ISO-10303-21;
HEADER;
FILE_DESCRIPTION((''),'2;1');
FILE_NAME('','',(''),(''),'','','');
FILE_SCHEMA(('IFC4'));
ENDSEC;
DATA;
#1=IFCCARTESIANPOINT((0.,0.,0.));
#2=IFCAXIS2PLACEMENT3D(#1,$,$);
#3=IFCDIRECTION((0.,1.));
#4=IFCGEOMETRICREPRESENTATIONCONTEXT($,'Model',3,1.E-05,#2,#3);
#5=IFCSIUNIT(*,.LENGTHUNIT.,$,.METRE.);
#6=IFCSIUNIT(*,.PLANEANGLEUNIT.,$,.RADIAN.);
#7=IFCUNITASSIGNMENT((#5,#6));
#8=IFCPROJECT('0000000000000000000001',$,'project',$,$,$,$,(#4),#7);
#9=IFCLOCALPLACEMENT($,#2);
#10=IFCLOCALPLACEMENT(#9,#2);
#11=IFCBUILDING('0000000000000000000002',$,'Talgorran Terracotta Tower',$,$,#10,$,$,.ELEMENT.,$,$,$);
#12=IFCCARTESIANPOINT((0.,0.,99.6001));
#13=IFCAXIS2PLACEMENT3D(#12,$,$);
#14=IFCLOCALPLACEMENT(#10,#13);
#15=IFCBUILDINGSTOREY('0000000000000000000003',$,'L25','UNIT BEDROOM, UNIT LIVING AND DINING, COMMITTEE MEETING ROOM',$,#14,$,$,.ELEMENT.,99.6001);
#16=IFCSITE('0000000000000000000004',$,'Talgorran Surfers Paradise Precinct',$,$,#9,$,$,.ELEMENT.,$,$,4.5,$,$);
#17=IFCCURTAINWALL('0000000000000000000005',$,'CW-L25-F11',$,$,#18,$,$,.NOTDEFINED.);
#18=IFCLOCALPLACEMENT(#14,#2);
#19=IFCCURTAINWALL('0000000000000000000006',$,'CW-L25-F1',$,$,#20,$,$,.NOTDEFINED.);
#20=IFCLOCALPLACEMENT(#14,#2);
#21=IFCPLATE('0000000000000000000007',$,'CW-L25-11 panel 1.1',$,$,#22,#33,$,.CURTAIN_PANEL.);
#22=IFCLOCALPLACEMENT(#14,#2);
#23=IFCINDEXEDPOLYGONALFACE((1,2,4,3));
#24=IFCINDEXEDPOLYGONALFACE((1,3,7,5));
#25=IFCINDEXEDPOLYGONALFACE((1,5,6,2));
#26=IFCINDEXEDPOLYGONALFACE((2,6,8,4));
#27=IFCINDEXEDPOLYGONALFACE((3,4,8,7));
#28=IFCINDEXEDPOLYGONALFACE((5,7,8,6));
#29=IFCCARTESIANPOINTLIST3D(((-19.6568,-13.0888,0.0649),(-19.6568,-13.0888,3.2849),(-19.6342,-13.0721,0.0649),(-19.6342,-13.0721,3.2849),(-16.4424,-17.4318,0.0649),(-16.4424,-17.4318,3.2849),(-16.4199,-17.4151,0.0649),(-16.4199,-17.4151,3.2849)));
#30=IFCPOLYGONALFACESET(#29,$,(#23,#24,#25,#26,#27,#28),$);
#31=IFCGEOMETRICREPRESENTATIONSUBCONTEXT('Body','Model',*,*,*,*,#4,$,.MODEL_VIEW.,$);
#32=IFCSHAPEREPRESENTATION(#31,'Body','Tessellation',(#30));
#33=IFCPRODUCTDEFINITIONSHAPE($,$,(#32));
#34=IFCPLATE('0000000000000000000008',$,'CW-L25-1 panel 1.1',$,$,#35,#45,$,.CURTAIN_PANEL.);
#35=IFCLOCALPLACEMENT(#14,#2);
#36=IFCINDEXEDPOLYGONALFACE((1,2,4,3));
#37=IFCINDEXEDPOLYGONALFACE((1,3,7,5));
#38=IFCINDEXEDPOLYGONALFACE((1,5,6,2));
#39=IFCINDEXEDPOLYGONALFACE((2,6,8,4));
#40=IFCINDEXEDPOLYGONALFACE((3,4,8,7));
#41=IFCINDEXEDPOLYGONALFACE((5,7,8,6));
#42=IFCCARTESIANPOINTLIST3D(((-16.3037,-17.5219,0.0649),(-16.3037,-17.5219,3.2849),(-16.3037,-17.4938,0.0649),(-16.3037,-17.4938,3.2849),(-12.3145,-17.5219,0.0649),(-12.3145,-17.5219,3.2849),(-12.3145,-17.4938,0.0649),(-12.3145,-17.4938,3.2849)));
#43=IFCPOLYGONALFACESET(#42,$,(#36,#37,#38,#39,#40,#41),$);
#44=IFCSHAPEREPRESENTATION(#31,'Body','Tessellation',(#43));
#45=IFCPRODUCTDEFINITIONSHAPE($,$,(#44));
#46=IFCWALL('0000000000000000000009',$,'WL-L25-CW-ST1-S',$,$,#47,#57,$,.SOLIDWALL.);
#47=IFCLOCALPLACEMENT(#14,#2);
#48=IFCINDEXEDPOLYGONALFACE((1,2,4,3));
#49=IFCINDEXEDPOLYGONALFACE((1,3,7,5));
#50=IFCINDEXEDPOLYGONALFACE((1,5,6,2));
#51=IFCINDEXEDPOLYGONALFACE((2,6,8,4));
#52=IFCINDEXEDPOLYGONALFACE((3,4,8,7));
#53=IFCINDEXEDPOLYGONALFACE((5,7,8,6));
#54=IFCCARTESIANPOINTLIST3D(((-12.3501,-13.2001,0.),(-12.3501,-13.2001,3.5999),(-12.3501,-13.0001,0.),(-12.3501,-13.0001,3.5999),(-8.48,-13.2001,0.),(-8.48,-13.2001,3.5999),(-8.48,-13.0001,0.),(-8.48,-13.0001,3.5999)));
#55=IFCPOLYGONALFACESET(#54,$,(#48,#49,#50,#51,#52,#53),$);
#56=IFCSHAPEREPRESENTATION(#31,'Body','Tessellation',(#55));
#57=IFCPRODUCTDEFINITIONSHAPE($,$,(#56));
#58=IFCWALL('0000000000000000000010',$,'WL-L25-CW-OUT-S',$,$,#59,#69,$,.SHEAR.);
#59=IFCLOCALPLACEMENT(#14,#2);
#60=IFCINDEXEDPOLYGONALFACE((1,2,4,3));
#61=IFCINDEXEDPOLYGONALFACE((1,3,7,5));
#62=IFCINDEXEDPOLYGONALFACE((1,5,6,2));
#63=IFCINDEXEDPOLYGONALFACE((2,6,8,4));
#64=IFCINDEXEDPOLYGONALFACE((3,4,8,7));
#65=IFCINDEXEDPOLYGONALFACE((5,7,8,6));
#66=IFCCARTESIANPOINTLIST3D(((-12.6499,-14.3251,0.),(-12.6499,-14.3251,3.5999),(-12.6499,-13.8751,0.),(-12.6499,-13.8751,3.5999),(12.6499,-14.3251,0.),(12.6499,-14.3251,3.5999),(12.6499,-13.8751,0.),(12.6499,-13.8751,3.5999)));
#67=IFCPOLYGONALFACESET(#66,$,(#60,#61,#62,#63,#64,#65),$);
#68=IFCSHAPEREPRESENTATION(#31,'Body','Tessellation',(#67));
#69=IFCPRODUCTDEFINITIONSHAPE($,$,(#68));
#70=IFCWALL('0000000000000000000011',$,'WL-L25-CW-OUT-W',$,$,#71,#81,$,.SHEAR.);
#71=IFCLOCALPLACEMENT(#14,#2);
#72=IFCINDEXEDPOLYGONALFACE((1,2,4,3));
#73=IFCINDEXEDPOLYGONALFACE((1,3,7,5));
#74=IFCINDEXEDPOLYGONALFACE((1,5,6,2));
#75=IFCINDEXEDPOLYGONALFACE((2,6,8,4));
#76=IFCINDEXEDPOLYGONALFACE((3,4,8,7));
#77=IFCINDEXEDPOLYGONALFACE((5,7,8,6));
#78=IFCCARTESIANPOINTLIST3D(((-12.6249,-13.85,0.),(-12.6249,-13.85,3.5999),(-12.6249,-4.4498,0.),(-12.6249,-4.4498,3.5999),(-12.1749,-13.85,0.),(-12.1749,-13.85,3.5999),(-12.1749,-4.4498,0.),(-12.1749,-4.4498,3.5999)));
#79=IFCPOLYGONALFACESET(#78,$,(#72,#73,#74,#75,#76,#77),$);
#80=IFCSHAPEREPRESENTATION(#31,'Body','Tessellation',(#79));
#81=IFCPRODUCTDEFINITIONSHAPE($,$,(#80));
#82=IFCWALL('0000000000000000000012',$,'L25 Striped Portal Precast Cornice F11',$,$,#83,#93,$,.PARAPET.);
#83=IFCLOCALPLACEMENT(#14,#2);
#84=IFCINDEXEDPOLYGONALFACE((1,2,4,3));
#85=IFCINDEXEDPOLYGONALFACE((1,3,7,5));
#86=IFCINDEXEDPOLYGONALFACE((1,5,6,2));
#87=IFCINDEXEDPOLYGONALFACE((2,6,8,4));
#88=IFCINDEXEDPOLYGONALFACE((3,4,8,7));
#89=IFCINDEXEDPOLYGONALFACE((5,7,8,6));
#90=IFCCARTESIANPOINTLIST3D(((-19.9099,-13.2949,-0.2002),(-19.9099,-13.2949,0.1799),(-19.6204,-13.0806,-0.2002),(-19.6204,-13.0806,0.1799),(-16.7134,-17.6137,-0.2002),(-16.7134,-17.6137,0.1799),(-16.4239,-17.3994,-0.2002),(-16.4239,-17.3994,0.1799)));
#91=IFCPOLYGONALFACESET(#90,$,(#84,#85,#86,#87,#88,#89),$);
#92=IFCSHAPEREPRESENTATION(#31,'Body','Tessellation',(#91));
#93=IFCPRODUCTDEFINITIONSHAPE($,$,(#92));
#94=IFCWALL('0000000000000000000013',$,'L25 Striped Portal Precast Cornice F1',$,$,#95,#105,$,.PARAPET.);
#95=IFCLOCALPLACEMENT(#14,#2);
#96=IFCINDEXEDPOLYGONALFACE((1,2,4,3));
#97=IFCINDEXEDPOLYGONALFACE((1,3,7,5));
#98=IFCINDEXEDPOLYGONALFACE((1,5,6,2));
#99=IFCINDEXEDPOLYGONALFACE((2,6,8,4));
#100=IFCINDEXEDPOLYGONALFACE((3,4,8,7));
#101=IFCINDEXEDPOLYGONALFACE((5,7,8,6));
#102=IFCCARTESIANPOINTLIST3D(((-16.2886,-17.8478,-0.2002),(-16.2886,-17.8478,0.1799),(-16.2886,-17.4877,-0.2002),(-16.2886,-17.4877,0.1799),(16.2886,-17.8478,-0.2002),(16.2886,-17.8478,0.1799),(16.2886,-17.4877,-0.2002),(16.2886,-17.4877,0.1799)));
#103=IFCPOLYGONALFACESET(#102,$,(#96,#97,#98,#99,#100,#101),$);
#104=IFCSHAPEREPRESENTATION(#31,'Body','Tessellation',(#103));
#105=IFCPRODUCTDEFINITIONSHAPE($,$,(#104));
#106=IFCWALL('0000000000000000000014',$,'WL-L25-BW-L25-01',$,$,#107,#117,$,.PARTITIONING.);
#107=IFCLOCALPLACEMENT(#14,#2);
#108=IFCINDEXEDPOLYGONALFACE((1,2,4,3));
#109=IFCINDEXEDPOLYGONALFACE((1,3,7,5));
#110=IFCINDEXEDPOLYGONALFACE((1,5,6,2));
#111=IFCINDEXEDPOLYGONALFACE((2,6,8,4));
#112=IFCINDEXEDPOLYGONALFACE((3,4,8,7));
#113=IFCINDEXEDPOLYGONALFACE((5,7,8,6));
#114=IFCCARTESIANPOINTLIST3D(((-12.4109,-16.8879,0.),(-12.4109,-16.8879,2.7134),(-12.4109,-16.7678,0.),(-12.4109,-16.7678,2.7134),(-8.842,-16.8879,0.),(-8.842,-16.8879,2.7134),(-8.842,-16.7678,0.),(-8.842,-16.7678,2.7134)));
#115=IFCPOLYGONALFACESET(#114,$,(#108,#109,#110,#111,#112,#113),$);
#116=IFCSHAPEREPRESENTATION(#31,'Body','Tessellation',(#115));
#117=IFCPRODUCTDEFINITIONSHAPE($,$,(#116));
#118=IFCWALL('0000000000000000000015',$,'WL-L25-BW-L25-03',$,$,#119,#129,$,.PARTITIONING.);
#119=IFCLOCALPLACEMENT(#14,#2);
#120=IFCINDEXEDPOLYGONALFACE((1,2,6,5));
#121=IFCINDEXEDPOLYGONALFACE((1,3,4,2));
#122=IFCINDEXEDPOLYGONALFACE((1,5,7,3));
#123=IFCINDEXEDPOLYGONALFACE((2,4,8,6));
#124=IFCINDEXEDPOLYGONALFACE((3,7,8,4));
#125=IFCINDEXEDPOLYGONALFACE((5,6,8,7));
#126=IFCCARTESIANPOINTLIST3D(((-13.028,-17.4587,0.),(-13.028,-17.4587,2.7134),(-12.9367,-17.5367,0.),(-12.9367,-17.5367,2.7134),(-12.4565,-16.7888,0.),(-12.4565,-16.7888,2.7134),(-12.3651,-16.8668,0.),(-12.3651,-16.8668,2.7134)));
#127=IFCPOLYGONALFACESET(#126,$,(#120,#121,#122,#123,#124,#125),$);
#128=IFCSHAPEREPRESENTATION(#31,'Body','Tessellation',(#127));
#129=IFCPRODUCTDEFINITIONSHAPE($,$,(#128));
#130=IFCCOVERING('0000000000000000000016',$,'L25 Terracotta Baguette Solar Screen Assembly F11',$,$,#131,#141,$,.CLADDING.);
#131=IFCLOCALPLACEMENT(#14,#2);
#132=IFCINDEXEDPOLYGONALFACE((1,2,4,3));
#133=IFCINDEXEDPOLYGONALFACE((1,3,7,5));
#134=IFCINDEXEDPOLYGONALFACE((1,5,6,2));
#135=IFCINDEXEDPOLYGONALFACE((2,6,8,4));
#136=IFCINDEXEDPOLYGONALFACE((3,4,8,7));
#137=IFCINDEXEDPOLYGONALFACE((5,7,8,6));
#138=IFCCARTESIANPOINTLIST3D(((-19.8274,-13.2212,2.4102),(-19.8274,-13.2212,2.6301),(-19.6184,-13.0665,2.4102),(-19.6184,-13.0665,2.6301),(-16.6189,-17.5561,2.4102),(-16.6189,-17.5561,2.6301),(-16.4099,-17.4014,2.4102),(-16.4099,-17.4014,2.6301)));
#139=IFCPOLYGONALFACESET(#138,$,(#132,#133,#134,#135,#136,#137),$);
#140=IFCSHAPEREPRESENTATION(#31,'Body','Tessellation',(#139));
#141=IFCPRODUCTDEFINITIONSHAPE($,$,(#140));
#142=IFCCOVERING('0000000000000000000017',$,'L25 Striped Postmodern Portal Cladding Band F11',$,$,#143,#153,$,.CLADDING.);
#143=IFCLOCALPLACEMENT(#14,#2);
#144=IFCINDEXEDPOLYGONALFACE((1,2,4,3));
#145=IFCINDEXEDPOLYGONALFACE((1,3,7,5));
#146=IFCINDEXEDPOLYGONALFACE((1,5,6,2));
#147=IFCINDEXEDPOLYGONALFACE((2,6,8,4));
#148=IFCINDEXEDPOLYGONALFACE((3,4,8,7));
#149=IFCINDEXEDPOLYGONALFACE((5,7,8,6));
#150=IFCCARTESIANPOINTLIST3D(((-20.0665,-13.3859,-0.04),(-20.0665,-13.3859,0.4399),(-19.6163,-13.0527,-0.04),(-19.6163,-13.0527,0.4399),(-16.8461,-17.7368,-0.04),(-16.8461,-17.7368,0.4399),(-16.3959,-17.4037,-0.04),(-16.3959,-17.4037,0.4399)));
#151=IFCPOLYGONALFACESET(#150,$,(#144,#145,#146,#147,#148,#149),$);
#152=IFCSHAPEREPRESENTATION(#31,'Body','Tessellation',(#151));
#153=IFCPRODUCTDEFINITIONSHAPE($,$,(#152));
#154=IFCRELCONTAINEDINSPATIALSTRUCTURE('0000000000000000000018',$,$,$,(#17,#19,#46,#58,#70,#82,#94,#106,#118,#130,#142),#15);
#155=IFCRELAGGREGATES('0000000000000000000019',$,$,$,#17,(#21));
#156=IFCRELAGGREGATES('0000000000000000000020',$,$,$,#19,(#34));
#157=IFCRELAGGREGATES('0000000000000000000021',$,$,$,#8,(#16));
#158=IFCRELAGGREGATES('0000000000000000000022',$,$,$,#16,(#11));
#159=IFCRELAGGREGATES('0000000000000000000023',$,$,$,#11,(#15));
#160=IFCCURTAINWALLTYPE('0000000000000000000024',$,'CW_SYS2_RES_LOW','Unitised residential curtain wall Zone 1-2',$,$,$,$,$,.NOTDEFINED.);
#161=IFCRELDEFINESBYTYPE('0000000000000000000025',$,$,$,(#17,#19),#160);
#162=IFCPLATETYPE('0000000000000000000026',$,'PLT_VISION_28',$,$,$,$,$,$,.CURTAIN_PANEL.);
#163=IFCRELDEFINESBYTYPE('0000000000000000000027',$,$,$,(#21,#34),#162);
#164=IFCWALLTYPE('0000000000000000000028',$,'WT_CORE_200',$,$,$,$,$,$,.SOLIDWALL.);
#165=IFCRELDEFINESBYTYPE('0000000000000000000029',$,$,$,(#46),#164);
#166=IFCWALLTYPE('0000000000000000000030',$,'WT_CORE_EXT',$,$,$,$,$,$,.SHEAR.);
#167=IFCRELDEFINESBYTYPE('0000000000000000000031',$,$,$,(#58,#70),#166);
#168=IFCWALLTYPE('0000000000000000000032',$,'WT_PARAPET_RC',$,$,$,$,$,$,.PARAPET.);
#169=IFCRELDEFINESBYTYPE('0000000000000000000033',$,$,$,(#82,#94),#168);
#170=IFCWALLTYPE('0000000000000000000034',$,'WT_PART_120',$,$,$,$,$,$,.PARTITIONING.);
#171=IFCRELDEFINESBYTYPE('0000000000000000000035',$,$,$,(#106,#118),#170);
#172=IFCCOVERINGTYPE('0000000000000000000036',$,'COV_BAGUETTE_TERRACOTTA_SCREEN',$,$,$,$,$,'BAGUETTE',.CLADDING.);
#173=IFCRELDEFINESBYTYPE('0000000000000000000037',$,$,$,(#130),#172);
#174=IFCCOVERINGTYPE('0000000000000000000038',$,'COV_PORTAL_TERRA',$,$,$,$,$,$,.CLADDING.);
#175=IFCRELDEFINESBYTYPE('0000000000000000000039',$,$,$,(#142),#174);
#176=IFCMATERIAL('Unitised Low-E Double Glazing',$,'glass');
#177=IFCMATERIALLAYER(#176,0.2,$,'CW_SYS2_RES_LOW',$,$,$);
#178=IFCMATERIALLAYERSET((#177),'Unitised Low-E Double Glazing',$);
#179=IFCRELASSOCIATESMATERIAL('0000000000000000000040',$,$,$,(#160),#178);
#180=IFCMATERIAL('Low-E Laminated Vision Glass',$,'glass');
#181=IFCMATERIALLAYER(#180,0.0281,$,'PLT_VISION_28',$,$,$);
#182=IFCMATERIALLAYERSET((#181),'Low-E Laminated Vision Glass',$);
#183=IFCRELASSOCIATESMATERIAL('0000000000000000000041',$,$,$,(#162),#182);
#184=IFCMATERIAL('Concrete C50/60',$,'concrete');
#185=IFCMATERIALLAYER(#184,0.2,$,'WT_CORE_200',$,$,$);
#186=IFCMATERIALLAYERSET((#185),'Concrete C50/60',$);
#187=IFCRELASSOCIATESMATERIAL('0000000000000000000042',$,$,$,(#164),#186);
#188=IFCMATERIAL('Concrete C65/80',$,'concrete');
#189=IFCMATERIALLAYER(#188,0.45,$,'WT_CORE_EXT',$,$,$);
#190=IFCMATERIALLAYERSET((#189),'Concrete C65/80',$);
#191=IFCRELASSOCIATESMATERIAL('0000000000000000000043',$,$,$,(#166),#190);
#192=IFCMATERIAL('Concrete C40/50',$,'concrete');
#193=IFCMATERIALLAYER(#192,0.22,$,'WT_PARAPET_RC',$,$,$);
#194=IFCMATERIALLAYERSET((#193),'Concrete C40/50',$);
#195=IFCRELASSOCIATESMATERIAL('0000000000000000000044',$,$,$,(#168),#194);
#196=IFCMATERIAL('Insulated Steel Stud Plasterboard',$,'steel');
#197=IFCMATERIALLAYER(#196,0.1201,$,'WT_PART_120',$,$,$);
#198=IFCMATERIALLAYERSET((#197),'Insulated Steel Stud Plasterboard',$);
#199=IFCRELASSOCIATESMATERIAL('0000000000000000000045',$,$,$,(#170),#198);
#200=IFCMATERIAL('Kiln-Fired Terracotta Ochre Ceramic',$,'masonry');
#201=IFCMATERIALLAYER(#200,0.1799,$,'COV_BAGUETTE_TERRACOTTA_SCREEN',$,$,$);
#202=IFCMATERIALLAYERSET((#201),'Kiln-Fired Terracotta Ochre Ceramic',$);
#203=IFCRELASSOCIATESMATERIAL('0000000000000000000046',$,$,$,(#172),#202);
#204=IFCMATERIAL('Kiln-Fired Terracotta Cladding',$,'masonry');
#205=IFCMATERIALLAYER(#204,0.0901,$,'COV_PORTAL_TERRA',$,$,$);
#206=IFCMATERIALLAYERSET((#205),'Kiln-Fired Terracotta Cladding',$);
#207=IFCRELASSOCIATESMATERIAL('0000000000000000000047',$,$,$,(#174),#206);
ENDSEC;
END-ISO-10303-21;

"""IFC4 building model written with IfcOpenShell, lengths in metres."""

from ifc_helpers import new_model, si_unit, direction, frame, frame_2d, origin, origin_2d, place, context, subcontext, project, spatial, rectangle, extrude, source, transform, mapped, material, layer, layer_set, type_object, type_shapes, element, aggregate, save


model = new_model("IFC4")

# Units and contexts
model_context = context("Model", 3, precision=1e-05, world=origin(), true_north=direction((0.0, 1.0)))
body_context = subcontext(model_context, "Body", "Model", "MODEL_VIEW")
ifc_project = project(units=[si_unit("LENGTHUNIT", "METRE"), si_unit("PLANEANGLEUNIT", "RADIAN")], contexts=[model_context])

# Site, building, storey
site_placement = place(None, origin())
site = spatial("IfcSite", under=ifc_project, at=site_placement, Name="Talgorran Surfers Paradise Precinct", CompositionType="ELEMENT", RefElevation=4.5)
building_placement = place(site_placement, origin())
building = spatial("IfcBuilding", under=site, at=building_placement, Name="Talgorran Terracotta Tower", CompositionType="ELEMENT")
storey_placement = place(building_placement, frame((0.0, 0.0, 99.6001)))
storey = spatial("IfcBuildingStorey", under=building, at=storey_placement, Name="L25", Description="UNIT BEDROOM, UNIT LIVING AND DINING, COMMITTEE MEETING ROOM", CompositionType="ELEMENT", Elevation=99.6001)

# Curtain wall
ifc_material_1 = material(Name="Unitised Low-E Double Glazing", Category="glass")
ifc_layer_1 = layer(ifc_material_1, 0.2, Name="CW_SYS2_RES_LOW")
ifc_layer_set_1 = layer_set([ifc_layer_1], Name="Unitised Low-E Double Glazing")
curtain_wall_type = type_object("IfcCurtainWallType", Name="CW_SYS2_RES_LOW", Description="Unitised residential curtain wall Zone 1-2", PredefinedType="NOTDEFINED", material=ifc_layer_set_1)
curtain_wall_1_placement = place(storey_placement, origin())
curtain_wall_1 = element("IfcCurtainWall", 1, at=curtain_wall_1_placement, inside=storey, type_object=curtain_wall_type, Name="CW-L25-F11", PredefinedType="NOTDEFINED")

# Curtain wall
curtain_wall_2_placement = place(storey_placement, origin())
curtain_wall_2 = element("IfcCurtainWall", 2, at=curtain_wall_2_placement, inside=storey, type_object=curtain_wall_type, Name="CW-L25-F1", PredefinedType="NOTDEFINED")

# Plates
ifc_material_2 = material(Name="Low-E Laminated Vision Glass", Category="glass")
ifc_layer_2 = layer(ifc_material_2, 0.0281, Name="PLT_VISION_28")
ifc_layer_set_2 = layer_set([ifc_layer_2], Name="Low-E Laminated Vision Glass")
plate_type = type_object("IfcPlateType", Name="PLT_VISION_28", PredefinedType="CURTAIN_PANEL", material=ifc_layer_set_2)
shared_shape_1 = source(origin(), body_context, "Body", "SweptSolid", [
    extrude(rectangle(XDim=5.4031, YDim=0.0281, at=origin_2d()), origin(), (0.0, 0.0, 1.0), 3.22),
])
plate_1_placement = place(storey_placement, frame((-18.0383, -15.252, 0.0649), z_axis=(0.0, 0.0, 1.0), x_axis=(0.594916, -0.803788, 0.0)))
plate_1 = element("IfcPlate", 3, at=plate_1_placement, type_object=plate_type, Name="CW-L25-11 panel 1.1", PredefinedType="CURTAIN_PANEL", context=body_context, shape_type="MappedRepresentation", body=[
    mapped(shared_shape_1, transform((0.0, 0.0, 0.0), scale=1.0)),
])
aggregate(curtain_wall_1, [plate_1])
shared_shape_2 = source(origin(), body_context, "Body", "SweptSolid", [
    extrude(rectangle(XDim=3.9893, YDim=0.0281, at=origin_2d()), origin(), (0.0, 0.0, 1.0), 3.22),
])
type_shapes(plate_type, [shared_shape_1, shared_shape_2])
plate_2_placement = place(storey_placement, frame((-14.3091, -17.5078, 0.0649), z_axis=(0.0, 0.0, 1.0), x_axis=(1.0, 0.0, 0.0)))
plate_2 = element("IfcPlate", 4, at=plate_2_placement, type_object=plate_type, Name="CW-L25-1 panel 1.1", PredefinedType="CURTAIN_PANEL", context=body_context, shape_type="MappedRepresentation", body=[
    mapped(shared_shape_2, transform((0.0, 0.0, 0.0), scale=1.0)),
])
aggregate(curtain_wall_2, [plate_2])

# Walls
ifc_material_3 = material(Name="Concrete C50/60", Category="concrete")
ifc_layer_3 = layer(ifc_material_3, 0.2, Name="WT_CORE_200")
ifc_layer_set_3 = layer_set([ifc_layer_3], Name="Concrete C50/60")
wall_type_1 = type_object("IfcWallType", Name="WT_CORE_200", PredefinedType="SOLIDWALL", material=ifc_layer_set_3)
wall_1_placement = place(storey_placement, frame((-12.3501, -13.1001, 0.0), z_axis=(0.0, 0.0, 1.0), x_axis=(1.0, 0.0, 0.0)))
element("IfcWall", 5, at=wall_1_placement, inside=storey, type_object=wall_type_1, Name="WL-L25-CW-ST1-S", PredefinedType="SOLIDWALL", context=body_context, shape_type="SweptSolid", body=[
    extrude(rectangle(XDim=3.8701, YDim=0.2, at=frame_2d((1.9351, 0.0))), origin(), (0.0, 0.0, 1.0), 3.5999),
])
ifc_material_4 = material(Name="Concrete C65/80", Category="concrete")
ifc_layer_4 = layer(ifc_material_4, 0.45, Name="WT_CORE_EXT")
ifc_layer_set_4 = layer_set([ifc_layer_4], Name="Concrete C65/80")
wall_type_2 = type_object("IfcWallType", Name="WT_CORE_EXT", PredefinedType="SHEAR", material=ifc_layer_set_4)
wall_2_placement = place(storey_placement, frame((-12.6499, -14.1001, 0.0), z_axis=(0.0, 0.0, 1.0), x_axis=(1.0, 0.0, 0.0)))
element("IfcWall", 6, at=wall_2_placement, inside=storey, type_object=wall_type_2, Name="WL-L25-CW-OUT-S", PredefinedType="SHEAR", context=body_context, shape_type="SweptSolid", body=[
    extrude(rectangle(XDim=25.2998, YDim=0.45, at=frame_2d((12.6499, 0.0))), origin(), (0.0, 0.0, 1.0), 3.5999),
])
wall_3_placement = place(storey_placement, frame((-12.3999, -13.8501, 0.0), z_axis=(0.0, 0.0, 1.0), x_axis=(0.0, 1.0, 0.0)))
element("IfcWall", 7, at=wall_3_placement, inside=storey, type_object=wall_type_2, Name="WL-L25-CW-OUT-W", PredefinedType="SHEAR", context=body_context, shape_type="SweptSolid", body=[
    extrude(rectangle(XDim=9.4001, YDim=0.45, at=frame_2d((4.7002, 0.0))), origin(), (0.0, 0.0, 1.0), 3.5999),
])
ifc_material_5 = material(Name="Concrete C40/50", Category="concrete")
ifc_layer_5 = layer(ifc_material_5, 0.22, Name="WT_PARAPET_RC")
ifc_layer_set_5 = layer_set([ifc_layer_5], Name="Concrete C40/50")
wall_type_3 = type_object("IfcWallType", Name="WT_PARAPET_RC", PredefinedType="PARAPET", material=ifc_layer_set_5)
wall_4_placement = place(storey_placement, frame((-19.7651, -13.1877, -0.2002), z_axis=(0.0, 0.0, 1.0), x_axis=(0.594913, -0.80379, 0.0)))
element("IfcWall", 8, at=wall_4_placement, inside=storey, type_object=wall_type_3, Name="L25 Striped Portal Precast Cornice F11", PredefinedType="PARAPET", context=body_context, shape_type="SweptSolid", body=[
    extrude(rectangle(XDim=5.373, YDim=0.3601, at=frame_2d((2.6865, 0.0))), origin(), (0.0, 0.0, 1.0), 0.3801),
])
wall_5_placement = place(storey_placement, frame((-16.2886, -17.6677, -0.2002), z_axis=(0.0, 0.0, 1.0), x_axis=(1.0, 0.0, 0.0)))
element("IfcWall", 9, at=wall_5_placement, inside=storey, type_object=wall_type_3, Name="L25 Striped Portal Precast Cornice F1", PredefinedType="PARAPET", context=body_context, shape_type="SweptSolid", body=[
    extrude(rectangle(XDim=32.5771, YDim=0.3601, at=frame_2d((16.2886, 0.0))), origin(), (0.0, 0.0, 1.0), 0.3801),
])
ifc_material_6 = material(Name="Insulated Steel Stud Plasterboard", Category="steel")
ifc_layer_6 = layer(ifc_material_6, 0.1201, Name="WT_PART_120")
ifc_layer_set_6 = layer_set([ifc_layer_6], Name="Insulated Steel Stud Plasterboard")
wall_type_4 = type_object("IfcWallType", Name="WT_PART_120", PredefinedType="PARTITIONING", material=ifc_layer_set_6)
wall_6_placement = place(storey_placement, frame((-12.4109, -16.8279, 0.0), z_axis=(0.0, 0.0, 1.0), x_axis=(1.0, 0.0, 0.0)))
element("IfcWall", 10, at=wall_6_placement, inside=storey, type_object=wall_type_4, Name="WL-L25-BW-L25-01", PredefinedType="PARTITIONING", context=body_context, shape_type="SweptSolid", body=[
    extrude(rectangle(XDim=3.5688, YDim=0.1201, at=frame_2d((1.7844, 0.0))), origin(), (0.0, 0.0, 1.0), 2.7134),
])
wall_7_placement = place(storey_placement, frame((-12.9824, -17.4978, 0.0), z_axis=(0.0, 0.0, 1.0), x_axis=(0.649032, 0.760761, 0.0)))
element("IfcWall", 11, at=wall_7_placement, inside=storey, type_object=wall_type_4, Name="WL-L25-BW-L25-03", PredefinedType="PARTITIONING", context=body_context, shape_type="SweptSolid", body=[
    extrude(rectangle(XDim=0.8806, YDim=0.1201, at=frame_2d((0.4404, 0.0))), origin(), (0.0, 0.0, 1.0), 2.7134),
])

# Coverings
ifc_material_7 = material(Name="Kiln-Fired Terracotta Ochre Ceramic", Category="masonry")
ifc_layer_7 = layer(ifc_material_7, 0.1799, Name="COV_BAGUETTE_TERRACOTTA_SCREEN")
ifc_layer_set_7 = layer_set([ifc_layer_7], Name="Kiln-Fired Terracotta Ochre Ceramic")
covering_type_1 = type_object("IfcCoveringType", Name="COV_BAGUETTE_TERRACOTTA_SCREEN", ElementType="BAGUETTE", PredefinedType="CLADDING", material=ifc_layer_set_7)
covering_1_placement = place(storey_placement, frame((-18.1187, -15.3113, 2.4102), z_axis=(0.0, 0.0, 1.0), x_axis=(0.594921, -0.803784, 0.0)))
element("IfcCovering", 12, at=covering_1_placement, inside=storey, type_object=covering_type_1, Name="L25 Terracotta Baguette Solar Screen Assembly F11", PredefinedType="CLADDING", context=body_context, shape_type="SweptSolid", body=[
    extrude(rectangle(XDim=5.3931, YDim=0.26, at=origin_2d()), origin(), (0.0, 0.0, 1.0), 0.22),
])
ifc_material_8 = material(Name="Kiln-Fired Terracotta Cladding", Category="masonry")
ifc_layer_8 = layer(ifc_material_8, 0.0901, Name="COV_PORTAL_TERRA")
ifc_layer_set_8 = layer_set([ifc_layer_8], Name="Kiln-Fired Terracotta Cladding")
covering_type_2 = type_object("IfcCoveringType", Name="COV_PORTAL_TERRA", PredefinedType="CLADDING", material=ifc_layer_set_8)
covering_2_placement = place(storey_placement, frame((-18.2312, -15.3948, -0.04), z_axis=(0.0, 0.0, 1.0), x_axis=(0.594921, -0.803784, 0.0)))
element("IfcCovering", 13, at=covering_2_placement, inside=storey, type_object=covering_type_2, Name="L25 Striped Postmodern Portal Cladding Band F11", PredefinedType="CLADDING", context=body_context, shape_type="SweptSolid", body=[
    extrude(rectangle(XDim=5.4131, YDim=0.5601, at=origin_2d()), origin(), (0.0, 0.0, 1.0), 0.48),
])

save(model, "model.ifc")
